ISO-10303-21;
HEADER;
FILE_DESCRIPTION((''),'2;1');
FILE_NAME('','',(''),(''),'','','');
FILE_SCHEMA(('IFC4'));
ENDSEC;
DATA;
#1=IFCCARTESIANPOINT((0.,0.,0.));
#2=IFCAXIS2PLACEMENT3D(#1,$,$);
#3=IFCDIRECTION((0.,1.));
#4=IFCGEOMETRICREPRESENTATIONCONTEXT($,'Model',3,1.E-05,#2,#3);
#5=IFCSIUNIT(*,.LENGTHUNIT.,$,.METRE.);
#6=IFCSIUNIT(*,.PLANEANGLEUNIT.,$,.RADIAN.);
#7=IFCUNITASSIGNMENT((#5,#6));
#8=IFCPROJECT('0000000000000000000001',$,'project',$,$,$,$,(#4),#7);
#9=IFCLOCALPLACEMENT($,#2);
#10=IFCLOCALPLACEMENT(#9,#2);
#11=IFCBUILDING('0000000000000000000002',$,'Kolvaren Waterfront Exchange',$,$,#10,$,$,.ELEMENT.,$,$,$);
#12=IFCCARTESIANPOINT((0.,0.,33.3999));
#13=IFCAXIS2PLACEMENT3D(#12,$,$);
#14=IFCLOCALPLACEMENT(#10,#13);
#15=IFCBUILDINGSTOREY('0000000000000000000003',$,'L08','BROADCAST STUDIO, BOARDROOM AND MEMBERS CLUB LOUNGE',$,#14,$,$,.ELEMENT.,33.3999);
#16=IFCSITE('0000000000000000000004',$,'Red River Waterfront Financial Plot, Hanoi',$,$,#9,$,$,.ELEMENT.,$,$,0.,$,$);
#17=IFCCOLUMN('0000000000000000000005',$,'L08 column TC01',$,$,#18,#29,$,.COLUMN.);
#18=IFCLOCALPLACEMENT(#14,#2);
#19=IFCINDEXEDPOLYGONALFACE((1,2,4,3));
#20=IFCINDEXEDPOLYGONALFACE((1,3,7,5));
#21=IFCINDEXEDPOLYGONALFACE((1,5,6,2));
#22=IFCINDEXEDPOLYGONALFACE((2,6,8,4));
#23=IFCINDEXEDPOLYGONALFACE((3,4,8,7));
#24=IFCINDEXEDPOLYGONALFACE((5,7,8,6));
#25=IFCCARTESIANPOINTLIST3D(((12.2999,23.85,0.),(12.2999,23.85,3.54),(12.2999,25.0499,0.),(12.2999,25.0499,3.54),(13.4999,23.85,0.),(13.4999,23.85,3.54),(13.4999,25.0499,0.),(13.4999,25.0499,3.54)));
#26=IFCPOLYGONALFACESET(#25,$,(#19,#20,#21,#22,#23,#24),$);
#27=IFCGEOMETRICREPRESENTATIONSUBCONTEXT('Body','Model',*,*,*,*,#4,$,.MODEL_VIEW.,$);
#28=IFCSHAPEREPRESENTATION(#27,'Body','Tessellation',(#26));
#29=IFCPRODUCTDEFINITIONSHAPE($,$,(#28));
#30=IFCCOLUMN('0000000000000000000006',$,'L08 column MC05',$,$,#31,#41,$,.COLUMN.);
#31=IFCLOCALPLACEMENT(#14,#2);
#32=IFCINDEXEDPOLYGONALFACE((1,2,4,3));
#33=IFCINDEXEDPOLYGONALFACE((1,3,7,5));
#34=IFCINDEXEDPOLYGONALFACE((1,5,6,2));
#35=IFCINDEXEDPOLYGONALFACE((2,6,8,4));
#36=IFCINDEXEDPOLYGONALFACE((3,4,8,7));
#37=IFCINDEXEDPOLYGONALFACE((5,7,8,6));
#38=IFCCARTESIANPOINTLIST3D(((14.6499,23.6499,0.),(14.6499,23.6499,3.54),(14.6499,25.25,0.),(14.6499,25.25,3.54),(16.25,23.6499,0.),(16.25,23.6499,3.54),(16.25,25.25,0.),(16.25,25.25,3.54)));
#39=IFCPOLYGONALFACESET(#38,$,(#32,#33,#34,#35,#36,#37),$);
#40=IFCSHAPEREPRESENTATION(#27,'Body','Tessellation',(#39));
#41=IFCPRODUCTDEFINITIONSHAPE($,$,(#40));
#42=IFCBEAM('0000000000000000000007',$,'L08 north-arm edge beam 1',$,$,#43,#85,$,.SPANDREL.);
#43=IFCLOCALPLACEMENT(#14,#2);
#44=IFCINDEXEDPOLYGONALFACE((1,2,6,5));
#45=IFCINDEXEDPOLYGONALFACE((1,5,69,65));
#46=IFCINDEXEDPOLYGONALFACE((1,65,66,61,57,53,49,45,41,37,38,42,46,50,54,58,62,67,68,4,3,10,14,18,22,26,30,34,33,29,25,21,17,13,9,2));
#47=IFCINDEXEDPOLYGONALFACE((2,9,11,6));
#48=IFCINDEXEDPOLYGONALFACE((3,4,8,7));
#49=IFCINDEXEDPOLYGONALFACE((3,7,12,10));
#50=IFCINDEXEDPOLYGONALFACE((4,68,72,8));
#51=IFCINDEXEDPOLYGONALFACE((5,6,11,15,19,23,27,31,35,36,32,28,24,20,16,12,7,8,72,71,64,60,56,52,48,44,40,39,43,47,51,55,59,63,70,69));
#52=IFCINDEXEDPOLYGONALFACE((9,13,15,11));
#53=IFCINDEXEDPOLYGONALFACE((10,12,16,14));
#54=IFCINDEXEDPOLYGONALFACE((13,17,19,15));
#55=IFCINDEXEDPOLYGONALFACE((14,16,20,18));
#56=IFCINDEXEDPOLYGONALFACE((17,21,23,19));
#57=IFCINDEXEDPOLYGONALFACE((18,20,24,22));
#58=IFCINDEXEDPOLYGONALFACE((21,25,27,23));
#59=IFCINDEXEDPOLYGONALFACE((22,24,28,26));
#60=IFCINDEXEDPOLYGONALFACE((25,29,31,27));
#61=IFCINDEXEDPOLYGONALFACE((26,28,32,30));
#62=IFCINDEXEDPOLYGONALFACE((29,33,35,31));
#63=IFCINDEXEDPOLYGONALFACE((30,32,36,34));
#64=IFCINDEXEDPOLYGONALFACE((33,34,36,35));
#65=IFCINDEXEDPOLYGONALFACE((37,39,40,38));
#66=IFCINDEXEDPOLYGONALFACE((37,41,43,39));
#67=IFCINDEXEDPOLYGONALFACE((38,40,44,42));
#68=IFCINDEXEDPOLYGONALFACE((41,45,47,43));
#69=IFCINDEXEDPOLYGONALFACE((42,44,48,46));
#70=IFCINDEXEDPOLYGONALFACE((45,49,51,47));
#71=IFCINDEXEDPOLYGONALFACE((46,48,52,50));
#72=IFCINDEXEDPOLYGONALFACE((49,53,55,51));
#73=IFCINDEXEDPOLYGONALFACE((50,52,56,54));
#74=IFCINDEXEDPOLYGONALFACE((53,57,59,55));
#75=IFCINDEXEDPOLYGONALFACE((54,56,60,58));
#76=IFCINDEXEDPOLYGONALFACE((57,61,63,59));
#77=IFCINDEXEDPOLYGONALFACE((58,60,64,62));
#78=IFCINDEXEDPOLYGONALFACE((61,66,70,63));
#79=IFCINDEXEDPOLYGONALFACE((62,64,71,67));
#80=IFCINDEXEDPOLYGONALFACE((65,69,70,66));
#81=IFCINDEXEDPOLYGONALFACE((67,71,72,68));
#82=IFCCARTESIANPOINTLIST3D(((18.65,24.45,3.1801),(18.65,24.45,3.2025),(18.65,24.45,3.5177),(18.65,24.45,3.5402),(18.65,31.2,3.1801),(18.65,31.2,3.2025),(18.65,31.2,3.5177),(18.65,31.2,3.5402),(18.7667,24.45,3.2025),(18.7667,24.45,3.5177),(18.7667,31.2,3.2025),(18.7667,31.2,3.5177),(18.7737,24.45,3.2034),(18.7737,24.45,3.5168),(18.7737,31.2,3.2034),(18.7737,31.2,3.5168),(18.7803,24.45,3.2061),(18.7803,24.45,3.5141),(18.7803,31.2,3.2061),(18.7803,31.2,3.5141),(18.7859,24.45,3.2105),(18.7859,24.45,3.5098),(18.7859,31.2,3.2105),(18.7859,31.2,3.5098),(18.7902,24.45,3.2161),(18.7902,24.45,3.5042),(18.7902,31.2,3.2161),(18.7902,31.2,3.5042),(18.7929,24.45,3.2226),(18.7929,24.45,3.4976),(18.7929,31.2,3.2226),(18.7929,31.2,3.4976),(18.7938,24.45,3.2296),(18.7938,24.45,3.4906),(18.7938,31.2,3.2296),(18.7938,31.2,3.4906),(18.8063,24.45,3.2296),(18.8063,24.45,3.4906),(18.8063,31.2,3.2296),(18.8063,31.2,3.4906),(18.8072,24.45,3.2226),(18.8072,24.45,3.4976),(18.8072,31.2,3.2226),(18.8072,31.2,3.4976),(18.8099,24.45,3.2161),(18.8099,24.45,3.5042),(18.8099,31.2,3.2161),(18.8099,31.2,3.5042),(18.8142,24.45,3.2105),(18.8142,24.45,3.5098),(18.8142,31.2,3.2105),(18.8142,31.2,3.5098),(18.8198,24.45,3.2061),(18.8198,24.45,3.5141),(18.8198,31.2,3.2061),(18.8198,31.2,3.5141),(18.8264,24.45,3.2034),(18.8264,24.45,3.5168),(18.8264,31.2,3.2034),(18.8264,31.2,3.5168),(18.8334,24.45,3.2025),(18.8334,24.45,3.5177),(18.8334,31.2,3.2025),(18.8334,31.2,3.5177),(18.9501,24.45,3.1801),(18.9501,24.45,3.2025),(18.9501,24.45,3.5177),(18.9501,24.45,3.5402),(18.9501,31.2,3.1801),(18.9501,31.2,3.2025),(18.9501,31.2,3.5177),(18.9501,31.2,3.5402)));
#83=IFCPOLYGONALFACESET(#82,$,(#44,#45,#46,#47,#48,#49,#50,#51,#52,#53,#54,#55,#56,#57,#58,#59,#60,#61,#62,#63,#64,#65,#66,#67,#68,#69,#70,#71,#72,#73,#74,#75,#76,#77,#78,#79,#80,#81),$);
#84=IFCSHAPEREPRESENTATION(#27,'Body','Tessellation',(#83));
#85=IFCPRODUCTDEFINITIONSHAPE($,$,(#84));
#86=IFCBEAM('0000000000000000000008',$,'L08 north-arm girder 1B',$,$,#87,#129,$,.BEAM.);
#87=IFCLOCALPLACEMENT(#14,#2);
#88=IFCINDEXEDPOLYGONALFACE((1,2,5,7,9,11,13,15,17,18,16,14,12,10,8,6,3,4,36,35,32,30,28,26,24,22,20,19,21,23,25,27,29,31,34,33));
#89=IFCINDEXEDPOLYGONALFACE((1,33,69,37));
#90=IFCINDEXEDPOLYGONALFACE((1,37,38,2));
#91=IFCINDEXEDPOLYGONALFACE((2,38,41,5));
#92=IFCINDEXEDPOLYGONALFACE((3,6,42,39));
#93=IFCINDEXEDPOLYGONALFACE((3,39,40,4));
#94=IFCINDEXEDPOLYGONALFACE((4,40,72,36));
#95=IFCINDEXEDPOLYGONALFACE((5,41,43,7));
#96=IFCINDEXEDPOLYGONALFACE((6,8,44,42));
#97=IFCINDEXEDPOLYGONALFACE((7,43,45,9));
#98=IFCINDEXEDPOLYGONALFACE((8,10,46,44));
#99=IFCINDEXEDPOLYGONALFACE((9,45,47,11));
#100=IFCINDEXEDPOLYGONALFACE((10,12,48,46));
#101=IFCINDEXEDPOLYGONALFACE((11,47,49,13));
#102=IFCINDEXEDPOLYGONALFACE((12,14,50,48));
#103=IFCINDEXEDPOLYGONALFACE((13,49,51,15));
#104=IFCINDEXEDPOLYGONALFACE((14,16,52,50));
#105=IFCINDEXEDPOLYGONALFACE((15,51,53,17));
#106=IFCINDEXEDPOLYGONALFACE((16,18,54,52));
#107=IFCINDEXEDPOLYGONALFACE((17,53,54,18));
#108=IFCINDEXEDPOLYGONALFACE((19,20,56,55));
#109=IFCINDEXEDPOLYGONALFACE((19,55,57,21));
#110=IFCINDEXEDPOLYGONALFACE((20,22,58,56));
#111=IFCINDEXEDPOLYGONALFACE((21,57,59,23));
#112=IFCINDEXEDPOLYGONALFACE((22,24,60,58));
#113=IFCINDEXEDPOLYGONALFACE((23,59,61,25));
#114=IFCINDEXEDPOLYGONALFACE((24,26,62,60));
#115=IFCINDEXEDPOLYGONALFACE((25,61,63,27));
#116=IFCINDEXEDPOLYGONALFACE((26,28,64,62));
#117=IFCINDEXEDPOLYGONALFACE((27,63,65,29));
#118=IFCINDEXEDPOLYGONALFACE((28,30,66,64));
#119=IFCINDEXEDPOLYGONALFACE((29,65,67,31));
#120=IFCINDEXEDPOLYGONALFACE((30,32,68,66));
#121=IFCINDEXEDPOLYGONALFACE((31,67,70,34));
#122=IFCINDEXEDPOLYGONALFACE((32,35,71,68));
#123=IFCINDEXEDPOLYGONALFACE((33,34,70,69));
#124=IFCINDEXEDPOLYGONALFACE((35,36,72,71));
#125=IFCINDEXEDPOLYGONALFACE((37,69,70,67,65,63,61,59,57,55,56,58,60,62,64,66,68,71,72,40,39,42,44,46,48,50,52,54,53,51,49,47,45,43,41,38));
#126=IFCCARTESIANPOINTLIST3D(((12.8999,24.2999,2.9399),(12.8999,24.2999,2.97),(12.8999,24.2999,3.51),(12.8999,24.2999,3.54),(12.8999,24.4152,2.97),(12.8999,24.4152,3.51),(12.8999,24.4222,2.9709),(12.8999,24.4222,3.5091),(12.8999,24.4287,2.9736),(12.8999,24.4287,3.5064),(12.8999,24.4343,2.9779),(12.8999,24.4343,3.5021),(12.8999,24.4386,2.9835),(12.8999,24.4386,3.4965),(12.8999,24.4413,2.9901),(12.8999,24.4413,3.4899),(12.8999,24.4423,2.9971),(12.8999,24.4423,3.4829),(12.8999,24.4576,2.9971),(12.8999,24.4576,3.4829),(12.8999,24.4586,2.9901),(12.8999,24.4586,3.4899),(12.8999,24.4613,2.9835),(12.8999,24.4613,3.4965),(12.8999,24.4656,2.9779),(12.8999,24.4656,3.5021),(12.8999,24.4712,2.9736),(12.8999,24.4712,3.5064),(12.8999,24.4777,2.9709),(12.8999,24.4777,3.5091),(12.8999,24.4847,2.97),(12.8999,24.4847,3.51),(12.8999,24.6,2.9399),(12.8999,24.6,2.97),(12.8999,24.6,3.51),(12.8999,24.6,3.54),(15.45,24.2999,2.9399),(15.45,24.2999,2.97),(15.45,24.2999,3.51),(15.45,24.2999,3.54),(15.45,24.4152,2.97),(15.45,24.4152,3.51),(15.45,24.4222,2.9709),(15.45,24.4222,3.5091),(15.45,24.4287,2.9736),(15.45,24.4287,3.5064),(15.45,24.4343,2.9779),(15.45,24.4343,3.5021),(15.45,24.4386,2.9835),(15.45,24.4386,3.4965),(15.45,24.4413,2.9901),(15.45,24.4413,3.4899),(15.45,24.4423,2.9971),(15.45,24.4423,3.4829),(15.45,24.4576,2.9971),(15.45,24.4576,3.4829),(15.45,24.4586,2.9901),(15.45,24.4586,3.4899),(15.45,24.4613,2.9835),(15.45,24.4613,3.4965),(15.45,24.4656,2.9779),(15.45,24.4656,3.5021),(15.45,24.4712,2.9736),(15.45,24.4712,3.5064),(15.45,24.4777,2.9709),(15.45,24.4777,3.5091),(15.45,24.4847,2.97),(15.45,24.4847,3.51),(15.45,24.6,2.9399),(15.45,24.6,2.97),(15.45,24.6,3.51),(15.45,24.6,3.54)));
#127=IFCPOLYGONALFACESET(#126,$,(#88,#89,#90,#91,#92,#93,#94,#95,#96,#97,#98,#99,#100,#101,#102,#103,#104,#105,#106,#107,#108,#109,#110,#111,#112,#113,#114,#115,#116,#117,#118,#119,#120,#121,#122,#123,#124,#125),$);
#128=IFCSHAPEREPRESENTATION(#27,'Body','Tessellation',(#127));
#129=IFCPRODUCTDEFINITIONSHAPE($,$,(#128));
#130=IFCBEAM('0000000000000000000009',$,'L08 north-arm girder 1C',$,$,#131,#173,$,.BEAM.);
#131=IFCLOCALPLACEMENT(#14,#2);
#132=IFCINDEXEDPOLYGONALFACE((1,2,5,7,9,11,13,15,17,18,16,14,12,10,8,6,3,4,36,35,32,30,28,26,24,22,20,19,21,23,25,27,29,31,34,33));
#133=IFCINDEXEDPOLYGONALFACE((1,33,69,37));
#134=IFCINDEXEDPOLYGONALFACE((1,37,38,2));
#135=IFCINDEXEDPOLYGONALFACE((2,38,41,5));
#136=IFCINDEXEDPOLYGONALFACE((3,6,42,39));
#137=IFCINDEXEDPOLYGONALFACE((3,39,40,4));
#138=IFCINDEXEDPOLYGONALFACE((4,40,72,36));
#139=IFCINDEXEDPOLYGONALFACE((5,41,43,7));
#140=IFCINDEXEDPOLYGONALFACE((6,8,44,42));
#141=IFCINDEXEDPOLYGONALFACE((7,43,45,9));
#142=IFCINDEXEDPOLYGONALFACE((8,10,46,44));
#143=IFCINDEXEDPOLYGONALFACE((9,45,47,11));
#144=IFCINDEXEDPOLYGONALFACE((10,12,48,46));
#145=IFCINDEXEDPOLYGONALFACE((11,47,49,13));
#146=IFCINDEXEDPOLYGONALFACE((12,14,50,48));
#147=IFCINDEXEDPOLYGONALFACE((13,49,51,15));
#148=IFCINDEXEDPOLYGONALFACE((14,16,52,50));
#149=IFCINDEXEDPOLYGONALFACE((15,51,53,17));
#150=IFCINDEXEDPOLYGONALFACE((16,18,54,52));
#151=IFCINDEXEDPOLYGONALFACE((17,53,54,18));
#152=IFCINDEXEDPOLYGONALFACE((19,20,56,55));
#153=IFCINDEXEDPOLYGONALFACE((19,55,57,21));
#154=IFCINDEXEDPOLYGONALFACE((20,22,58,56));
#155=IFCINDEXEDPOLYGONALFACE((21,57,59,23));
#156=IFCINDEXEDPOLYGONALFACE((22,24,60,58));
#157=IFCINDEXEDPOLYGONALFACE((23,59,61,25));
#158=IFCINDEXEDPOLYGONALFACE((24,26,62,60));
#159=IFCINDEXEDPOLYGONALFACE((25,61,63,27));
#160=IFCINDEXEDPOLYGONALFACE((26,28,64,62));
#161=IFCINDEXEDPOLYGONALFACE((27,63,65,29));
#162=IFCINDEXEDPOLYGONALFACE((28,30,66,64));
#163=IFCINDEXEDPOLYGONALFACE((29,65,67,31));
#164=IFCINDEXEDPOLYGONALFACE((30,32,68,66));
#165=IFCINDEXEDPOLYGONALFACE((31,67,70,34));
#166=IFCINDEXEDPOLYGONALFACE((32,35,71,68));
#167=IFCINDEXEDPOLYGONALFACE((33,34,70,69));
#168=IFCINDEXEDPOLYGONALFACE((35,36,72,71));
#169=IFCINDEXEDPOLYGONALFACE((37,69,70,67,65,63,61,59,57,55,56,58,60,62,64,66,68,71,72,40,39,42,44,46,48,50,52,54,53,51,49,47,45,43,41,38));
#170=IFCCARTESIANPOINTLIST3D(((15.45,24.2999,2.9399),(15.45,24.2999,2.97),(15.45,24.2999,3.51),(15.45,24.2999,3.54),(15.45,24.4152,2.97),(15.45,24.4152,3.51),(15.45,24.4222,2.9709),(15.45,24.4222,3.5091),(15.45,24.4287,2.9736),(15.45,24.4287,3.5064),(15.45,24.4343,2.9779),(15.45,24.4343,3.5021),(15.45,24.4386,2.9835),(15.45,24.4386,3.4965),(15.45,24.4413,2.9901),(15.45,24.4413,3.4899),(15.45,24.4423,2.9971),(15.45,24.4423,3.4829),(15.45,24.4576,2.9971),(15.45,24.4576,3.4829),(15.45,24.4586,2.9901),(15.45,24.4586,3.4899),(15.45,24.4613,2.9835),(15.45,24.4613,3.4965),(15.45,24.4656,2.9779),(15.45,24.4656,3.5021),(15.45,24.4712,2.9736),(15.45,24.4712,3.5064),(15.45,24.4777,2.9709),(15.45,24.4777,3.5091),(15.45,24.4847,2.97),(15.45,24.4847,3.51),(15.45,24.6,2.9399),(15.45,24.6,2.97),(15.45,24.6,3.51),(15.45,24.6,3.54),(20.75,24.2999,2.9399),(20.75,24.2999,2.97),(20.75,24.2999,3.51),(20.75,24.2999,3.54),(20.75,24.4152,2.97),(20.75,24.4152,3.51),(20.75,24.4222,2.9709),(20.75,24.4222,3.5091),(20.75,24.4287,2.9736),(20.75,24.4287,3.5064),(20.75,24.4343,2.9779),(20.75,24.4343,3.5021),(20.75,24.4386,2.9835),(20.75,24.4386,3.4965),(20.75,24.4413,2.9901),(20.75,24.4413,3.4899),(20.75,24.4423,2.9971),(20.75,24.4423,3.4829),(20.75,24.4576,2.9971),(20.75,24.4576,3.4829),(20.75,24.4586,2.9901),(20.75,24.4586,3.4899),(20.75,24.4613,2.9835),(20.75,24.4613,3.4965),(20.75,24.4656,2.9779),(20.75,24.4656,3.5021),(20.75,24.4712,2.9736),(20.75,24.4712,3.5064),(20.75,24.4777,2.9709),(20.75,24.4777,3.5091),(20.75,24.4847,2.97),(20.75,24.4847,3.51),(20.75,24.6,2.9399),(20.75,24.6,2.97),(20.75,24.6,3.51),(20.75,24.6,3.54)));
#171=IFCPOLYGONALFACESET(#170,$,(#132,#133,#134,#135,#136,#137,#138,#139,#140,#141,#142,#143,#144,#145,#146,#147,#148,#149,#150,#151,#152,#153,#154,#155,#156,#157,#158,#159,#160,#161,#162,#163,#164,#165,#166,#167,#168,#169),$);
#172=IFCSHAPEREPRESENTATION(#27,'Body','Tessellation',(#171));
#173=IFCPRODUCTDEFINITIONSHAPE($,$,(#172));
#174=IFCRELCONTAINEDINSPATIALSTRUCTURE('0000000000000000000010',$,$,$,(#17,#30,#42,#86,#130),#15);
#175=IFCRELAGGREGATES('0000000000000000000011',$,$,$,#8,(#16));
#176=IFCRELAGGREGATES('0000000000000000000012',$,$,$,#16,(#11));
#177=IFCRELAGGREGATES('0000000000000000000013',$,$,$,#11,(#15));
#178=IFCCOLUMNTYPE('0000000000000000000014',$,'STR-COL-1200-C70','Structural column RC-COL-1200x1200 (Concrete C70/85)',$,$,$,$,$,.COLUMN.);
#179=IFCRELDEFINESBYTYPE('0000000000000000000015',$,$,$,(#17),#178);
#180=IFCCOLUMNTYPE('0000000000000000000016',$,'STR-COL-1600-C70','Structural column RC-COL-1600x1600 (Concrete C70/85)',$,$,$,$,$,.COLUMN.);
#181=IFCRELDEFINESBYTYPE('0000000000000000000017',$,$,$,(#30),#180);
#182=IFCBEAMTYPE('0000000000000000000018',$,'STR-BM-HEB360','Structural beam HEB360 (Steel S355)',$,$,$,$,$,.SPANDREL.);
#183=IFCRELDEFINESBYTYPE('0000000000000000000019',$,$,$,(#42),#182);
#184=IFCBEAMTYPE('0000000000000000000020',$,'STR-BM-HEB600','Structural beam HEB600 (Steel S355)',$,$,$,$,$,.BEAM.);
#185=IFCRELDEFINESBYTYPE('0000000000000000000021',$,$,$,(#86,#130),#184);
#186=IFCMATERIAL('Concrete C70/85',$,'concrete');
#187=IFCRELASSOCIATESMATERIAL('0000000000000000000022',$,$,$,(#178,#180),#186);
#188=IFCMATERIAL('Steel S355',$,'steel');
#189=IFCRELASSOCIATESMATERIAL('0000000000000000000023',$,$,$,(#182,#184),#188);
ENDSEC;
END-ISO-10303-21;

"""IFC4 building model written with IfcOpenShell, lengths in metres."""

from ifc_helpers import new_model, si_unit, direction, frame, origin, origin_2d, place, context, subcontext, project, spatial, rectangle, i_section, extrude, material, material_profile, profile_set, type_object, element, save


model = new_model("IFC4")

# Units and contexts
model_context = context("Model", 3, precision=1e-05, world=origin(), true_north=direction((0.0, 1.0)))
body_context = subcontext(model_context, "Body", "Model", "MODEL_VIEW")
ifc_project = project(units=[si_unit("LENGTHUNIT", "METRE"), si_unit("PLANEANGLEUNIT", "RADIAN")], contexts=[model_context])

# Site, building, storey
site_placement = place(None, origin())
site = spatial("IfcSite", under=ifc_project, at=site_placement, Name="Red River Waterfront Financial Plot, Hanoi", CompositionType="ELEMENT", RefElevation=0.0)
building_placement = place(site_placement, origin())
building = spatial("IfcBuilding", under=site, at=building_placement, Name="Kolvaren Waterfront Exchange", CompositionType="ELEMENT")
storey_placement = place(building_placement, frame((0.0, 0.0, 33.3999)))
storey = spatial("IfcBuildingStorey", under=building, at=storey_placement, Name="L08", Description="BROADCAST STUDIO, BOARDROOM AND MEMBERS CLUB LOUNGE", CompositionType="ELEMENT", Elevation=33.3999)

# Columns
ifc_material_1 = material(Name="Concrete C70/85", Category="concrete")
ifc_material_profile_1 = material_profile(ifc_material_1, rectangle(XDim=1.2, YDim=1.2, at=origin_2d()), Name="RC-COL-1200x1200")
ifc_profile_set_1 = profile_set([ifc_material_profile_1], Name="Concrete C70/85")
column_type_1 = type_object("IfcColumnType", Name="STR-COL-1200-C70", Description="Structural column RC-COL-1200x1200 (Concrete C70/85)", PredefinedType="COLUMN", material=ifc_profile_set_1)
column_1_placement = place(storey_placement, frame((12.8999, 24.45, 0.0), z_axis=(0.0, 0.0, 1.0), x_axis=(1.0, 0.0, 0.0)))
element("IfcColumn", 1, at=column_1_placement, inside=storey, type_object=column_type_1, Name="L08 column TC01", PredefinedType="COLUMN", context=body_context, shape_type="SweptSolid", body=[
    extrude(rectangle(XDim=1.2, YDim=1.2, at=origin_2d()), origin(), (0.0, 0.0, 1.0), 3.54),
])
ifc_material_profile_2 = material_profile(ifc_material_1, rectangle(XDim=1.6001, YDim=1.6001, at=origin_2d()), Name="RC-COL-1600x1600")
ifc_profile_set_2 = profile_set([ifc_material_profile_2], Name="Concrete C70/85")
column_type_2 = type_object("IfcColumnType", Name="STR-COL-1600-C70", Description="Structural column RC-COL-1600x1600 (Concrete C70/85)", PredefinedType="COLUMN", material=ifc_profile_set_2)
column_2_placement = place(storey_placement, frame((15.45, 24.45, 0.0), z_axis=(0.0, 0.0, 1.0), x_axis=(1.0, 0.0, 0.0)))
element("IfcColumn", 2, at=column_2_placement, inside=storey, type_object=column_type_2, Name="L08 column MC05", PredefinedType="COLUMN", context=body_context, shape_type="SweptSolid", body=[
    extrude(rectangle(XDim=1.6001, YDim=1.6001, at=origin_2d()), origin(), (0.0, 0.0, 1.0), 3.54),
])

# Beams
ifc_material_2 = material(Name="Steel S355", Category="steel")
ifc_material_profile_3 = material_profile(ifc_material_2, i_section(OverallWidth=0.3, OverallDepth=0.3601, WebThickness=0.0125, FlangeThickness=0.0225, FilletRadius=0.0271, at=origin_2d()), Name="HEB360")
ifc_profile_set_3 = profile_set([ifc_material_profile_3], Name="Steel S355")
beam_type_1 = type_object("IfcBeamType", Name="STR-BM-HEB360", Description="Structural beam HEB360 (Steel S355)", PredefinedType="SPANDREL", material=ifc_profile_set_3)
beam_1_placement = place(storey_placement, frame((18.8, 24.45, 3.3601), z_axis=(0.0, 1.0, 0.0), x_axis=(-1.0, 0.0, 0.0)))
element("IfcBeam", 3, at=beam_1_placement, inside=storey, type_object=beam_type_1, Name="L08 north-arm edge beam 1", PredefinedType="SPANDREL", context=body_context, shape_type="SweptSolid", body=[
    extrude(i_section(OverallWidth=0.3, OverallDepth=0.3601, WebThickness=0.0125, FlangeThickness=0.0225, FilletRadius=0.0271, at=origin_2d()), origin(), (0.0, 0.0, 1.0), 6.75),
])
ifc_material_profile_4 = material_profile(ifc_material_2, i_section(OverallWidth=0.3, OverallDepth=0.6001, WebThickness=0.0154, FlangeThickness=0.03, FilletRadius=0.0271, at=origin_2d()), Name="HEB600")
ifc_profile_set_4 = profile_set([ifc_material_profile_4], Name="Steel S355")
beam_type_2 = type_object("IfcBeamType", Name="STR-BM-HEB600", Description="Structural beam HEB600 (Steel S355)", PredefinedType="BEAM", material=ifc_profile_set_4)
beam_2_placement = place(storey_placement, frame((12.8999, 24.45, 3.24), z_axis=(1.0, 0.0, 0.0), x_axis=(0.0, 1.0, 0.0)))
element("IfcBeam", 4, at=beam_2_placement, inside=storey, type_object=beam_type_2, Name="L08 north-arm girder 1B", PredefinedType="BEAM", context=body_context, shape_type="SweptSolid", body=[
    extrude(i_section(OverallWidth=0.3, OverallDepth=0.6001, WebThickness=0.0154, FlangeThickness=0.03, FilletRadius=0.0271, at=origin_2d()), origin(), (0.0, 0.0, 1.0), 2.55),
])
beam_3_placement = place(storey_placement, frame((15.45, 24.45, 3.24), z_axis=(1.0, 0.0, 0.0), x_axis=(0.0, 1.0, 0.0)))
element("IfcBeam", 5, at=beam_3_placement, inside=storey, type_object=beam_type_2, Name="L08 north-arm girder 1C", PredefinedType="BEAM", context=body_context, shape_type="SweptSolid", body=[
    extrude(i_section(OverallWidth=0.3, OverallDepth=0.6001, WebThickness=0.0154, FlangeThickness=0.03, FilletRadius=0.0271, at=origin_2d()), origin(), (0.0, 0.0, 1.0), 5.3),
])

save(model, "model.ifc")
